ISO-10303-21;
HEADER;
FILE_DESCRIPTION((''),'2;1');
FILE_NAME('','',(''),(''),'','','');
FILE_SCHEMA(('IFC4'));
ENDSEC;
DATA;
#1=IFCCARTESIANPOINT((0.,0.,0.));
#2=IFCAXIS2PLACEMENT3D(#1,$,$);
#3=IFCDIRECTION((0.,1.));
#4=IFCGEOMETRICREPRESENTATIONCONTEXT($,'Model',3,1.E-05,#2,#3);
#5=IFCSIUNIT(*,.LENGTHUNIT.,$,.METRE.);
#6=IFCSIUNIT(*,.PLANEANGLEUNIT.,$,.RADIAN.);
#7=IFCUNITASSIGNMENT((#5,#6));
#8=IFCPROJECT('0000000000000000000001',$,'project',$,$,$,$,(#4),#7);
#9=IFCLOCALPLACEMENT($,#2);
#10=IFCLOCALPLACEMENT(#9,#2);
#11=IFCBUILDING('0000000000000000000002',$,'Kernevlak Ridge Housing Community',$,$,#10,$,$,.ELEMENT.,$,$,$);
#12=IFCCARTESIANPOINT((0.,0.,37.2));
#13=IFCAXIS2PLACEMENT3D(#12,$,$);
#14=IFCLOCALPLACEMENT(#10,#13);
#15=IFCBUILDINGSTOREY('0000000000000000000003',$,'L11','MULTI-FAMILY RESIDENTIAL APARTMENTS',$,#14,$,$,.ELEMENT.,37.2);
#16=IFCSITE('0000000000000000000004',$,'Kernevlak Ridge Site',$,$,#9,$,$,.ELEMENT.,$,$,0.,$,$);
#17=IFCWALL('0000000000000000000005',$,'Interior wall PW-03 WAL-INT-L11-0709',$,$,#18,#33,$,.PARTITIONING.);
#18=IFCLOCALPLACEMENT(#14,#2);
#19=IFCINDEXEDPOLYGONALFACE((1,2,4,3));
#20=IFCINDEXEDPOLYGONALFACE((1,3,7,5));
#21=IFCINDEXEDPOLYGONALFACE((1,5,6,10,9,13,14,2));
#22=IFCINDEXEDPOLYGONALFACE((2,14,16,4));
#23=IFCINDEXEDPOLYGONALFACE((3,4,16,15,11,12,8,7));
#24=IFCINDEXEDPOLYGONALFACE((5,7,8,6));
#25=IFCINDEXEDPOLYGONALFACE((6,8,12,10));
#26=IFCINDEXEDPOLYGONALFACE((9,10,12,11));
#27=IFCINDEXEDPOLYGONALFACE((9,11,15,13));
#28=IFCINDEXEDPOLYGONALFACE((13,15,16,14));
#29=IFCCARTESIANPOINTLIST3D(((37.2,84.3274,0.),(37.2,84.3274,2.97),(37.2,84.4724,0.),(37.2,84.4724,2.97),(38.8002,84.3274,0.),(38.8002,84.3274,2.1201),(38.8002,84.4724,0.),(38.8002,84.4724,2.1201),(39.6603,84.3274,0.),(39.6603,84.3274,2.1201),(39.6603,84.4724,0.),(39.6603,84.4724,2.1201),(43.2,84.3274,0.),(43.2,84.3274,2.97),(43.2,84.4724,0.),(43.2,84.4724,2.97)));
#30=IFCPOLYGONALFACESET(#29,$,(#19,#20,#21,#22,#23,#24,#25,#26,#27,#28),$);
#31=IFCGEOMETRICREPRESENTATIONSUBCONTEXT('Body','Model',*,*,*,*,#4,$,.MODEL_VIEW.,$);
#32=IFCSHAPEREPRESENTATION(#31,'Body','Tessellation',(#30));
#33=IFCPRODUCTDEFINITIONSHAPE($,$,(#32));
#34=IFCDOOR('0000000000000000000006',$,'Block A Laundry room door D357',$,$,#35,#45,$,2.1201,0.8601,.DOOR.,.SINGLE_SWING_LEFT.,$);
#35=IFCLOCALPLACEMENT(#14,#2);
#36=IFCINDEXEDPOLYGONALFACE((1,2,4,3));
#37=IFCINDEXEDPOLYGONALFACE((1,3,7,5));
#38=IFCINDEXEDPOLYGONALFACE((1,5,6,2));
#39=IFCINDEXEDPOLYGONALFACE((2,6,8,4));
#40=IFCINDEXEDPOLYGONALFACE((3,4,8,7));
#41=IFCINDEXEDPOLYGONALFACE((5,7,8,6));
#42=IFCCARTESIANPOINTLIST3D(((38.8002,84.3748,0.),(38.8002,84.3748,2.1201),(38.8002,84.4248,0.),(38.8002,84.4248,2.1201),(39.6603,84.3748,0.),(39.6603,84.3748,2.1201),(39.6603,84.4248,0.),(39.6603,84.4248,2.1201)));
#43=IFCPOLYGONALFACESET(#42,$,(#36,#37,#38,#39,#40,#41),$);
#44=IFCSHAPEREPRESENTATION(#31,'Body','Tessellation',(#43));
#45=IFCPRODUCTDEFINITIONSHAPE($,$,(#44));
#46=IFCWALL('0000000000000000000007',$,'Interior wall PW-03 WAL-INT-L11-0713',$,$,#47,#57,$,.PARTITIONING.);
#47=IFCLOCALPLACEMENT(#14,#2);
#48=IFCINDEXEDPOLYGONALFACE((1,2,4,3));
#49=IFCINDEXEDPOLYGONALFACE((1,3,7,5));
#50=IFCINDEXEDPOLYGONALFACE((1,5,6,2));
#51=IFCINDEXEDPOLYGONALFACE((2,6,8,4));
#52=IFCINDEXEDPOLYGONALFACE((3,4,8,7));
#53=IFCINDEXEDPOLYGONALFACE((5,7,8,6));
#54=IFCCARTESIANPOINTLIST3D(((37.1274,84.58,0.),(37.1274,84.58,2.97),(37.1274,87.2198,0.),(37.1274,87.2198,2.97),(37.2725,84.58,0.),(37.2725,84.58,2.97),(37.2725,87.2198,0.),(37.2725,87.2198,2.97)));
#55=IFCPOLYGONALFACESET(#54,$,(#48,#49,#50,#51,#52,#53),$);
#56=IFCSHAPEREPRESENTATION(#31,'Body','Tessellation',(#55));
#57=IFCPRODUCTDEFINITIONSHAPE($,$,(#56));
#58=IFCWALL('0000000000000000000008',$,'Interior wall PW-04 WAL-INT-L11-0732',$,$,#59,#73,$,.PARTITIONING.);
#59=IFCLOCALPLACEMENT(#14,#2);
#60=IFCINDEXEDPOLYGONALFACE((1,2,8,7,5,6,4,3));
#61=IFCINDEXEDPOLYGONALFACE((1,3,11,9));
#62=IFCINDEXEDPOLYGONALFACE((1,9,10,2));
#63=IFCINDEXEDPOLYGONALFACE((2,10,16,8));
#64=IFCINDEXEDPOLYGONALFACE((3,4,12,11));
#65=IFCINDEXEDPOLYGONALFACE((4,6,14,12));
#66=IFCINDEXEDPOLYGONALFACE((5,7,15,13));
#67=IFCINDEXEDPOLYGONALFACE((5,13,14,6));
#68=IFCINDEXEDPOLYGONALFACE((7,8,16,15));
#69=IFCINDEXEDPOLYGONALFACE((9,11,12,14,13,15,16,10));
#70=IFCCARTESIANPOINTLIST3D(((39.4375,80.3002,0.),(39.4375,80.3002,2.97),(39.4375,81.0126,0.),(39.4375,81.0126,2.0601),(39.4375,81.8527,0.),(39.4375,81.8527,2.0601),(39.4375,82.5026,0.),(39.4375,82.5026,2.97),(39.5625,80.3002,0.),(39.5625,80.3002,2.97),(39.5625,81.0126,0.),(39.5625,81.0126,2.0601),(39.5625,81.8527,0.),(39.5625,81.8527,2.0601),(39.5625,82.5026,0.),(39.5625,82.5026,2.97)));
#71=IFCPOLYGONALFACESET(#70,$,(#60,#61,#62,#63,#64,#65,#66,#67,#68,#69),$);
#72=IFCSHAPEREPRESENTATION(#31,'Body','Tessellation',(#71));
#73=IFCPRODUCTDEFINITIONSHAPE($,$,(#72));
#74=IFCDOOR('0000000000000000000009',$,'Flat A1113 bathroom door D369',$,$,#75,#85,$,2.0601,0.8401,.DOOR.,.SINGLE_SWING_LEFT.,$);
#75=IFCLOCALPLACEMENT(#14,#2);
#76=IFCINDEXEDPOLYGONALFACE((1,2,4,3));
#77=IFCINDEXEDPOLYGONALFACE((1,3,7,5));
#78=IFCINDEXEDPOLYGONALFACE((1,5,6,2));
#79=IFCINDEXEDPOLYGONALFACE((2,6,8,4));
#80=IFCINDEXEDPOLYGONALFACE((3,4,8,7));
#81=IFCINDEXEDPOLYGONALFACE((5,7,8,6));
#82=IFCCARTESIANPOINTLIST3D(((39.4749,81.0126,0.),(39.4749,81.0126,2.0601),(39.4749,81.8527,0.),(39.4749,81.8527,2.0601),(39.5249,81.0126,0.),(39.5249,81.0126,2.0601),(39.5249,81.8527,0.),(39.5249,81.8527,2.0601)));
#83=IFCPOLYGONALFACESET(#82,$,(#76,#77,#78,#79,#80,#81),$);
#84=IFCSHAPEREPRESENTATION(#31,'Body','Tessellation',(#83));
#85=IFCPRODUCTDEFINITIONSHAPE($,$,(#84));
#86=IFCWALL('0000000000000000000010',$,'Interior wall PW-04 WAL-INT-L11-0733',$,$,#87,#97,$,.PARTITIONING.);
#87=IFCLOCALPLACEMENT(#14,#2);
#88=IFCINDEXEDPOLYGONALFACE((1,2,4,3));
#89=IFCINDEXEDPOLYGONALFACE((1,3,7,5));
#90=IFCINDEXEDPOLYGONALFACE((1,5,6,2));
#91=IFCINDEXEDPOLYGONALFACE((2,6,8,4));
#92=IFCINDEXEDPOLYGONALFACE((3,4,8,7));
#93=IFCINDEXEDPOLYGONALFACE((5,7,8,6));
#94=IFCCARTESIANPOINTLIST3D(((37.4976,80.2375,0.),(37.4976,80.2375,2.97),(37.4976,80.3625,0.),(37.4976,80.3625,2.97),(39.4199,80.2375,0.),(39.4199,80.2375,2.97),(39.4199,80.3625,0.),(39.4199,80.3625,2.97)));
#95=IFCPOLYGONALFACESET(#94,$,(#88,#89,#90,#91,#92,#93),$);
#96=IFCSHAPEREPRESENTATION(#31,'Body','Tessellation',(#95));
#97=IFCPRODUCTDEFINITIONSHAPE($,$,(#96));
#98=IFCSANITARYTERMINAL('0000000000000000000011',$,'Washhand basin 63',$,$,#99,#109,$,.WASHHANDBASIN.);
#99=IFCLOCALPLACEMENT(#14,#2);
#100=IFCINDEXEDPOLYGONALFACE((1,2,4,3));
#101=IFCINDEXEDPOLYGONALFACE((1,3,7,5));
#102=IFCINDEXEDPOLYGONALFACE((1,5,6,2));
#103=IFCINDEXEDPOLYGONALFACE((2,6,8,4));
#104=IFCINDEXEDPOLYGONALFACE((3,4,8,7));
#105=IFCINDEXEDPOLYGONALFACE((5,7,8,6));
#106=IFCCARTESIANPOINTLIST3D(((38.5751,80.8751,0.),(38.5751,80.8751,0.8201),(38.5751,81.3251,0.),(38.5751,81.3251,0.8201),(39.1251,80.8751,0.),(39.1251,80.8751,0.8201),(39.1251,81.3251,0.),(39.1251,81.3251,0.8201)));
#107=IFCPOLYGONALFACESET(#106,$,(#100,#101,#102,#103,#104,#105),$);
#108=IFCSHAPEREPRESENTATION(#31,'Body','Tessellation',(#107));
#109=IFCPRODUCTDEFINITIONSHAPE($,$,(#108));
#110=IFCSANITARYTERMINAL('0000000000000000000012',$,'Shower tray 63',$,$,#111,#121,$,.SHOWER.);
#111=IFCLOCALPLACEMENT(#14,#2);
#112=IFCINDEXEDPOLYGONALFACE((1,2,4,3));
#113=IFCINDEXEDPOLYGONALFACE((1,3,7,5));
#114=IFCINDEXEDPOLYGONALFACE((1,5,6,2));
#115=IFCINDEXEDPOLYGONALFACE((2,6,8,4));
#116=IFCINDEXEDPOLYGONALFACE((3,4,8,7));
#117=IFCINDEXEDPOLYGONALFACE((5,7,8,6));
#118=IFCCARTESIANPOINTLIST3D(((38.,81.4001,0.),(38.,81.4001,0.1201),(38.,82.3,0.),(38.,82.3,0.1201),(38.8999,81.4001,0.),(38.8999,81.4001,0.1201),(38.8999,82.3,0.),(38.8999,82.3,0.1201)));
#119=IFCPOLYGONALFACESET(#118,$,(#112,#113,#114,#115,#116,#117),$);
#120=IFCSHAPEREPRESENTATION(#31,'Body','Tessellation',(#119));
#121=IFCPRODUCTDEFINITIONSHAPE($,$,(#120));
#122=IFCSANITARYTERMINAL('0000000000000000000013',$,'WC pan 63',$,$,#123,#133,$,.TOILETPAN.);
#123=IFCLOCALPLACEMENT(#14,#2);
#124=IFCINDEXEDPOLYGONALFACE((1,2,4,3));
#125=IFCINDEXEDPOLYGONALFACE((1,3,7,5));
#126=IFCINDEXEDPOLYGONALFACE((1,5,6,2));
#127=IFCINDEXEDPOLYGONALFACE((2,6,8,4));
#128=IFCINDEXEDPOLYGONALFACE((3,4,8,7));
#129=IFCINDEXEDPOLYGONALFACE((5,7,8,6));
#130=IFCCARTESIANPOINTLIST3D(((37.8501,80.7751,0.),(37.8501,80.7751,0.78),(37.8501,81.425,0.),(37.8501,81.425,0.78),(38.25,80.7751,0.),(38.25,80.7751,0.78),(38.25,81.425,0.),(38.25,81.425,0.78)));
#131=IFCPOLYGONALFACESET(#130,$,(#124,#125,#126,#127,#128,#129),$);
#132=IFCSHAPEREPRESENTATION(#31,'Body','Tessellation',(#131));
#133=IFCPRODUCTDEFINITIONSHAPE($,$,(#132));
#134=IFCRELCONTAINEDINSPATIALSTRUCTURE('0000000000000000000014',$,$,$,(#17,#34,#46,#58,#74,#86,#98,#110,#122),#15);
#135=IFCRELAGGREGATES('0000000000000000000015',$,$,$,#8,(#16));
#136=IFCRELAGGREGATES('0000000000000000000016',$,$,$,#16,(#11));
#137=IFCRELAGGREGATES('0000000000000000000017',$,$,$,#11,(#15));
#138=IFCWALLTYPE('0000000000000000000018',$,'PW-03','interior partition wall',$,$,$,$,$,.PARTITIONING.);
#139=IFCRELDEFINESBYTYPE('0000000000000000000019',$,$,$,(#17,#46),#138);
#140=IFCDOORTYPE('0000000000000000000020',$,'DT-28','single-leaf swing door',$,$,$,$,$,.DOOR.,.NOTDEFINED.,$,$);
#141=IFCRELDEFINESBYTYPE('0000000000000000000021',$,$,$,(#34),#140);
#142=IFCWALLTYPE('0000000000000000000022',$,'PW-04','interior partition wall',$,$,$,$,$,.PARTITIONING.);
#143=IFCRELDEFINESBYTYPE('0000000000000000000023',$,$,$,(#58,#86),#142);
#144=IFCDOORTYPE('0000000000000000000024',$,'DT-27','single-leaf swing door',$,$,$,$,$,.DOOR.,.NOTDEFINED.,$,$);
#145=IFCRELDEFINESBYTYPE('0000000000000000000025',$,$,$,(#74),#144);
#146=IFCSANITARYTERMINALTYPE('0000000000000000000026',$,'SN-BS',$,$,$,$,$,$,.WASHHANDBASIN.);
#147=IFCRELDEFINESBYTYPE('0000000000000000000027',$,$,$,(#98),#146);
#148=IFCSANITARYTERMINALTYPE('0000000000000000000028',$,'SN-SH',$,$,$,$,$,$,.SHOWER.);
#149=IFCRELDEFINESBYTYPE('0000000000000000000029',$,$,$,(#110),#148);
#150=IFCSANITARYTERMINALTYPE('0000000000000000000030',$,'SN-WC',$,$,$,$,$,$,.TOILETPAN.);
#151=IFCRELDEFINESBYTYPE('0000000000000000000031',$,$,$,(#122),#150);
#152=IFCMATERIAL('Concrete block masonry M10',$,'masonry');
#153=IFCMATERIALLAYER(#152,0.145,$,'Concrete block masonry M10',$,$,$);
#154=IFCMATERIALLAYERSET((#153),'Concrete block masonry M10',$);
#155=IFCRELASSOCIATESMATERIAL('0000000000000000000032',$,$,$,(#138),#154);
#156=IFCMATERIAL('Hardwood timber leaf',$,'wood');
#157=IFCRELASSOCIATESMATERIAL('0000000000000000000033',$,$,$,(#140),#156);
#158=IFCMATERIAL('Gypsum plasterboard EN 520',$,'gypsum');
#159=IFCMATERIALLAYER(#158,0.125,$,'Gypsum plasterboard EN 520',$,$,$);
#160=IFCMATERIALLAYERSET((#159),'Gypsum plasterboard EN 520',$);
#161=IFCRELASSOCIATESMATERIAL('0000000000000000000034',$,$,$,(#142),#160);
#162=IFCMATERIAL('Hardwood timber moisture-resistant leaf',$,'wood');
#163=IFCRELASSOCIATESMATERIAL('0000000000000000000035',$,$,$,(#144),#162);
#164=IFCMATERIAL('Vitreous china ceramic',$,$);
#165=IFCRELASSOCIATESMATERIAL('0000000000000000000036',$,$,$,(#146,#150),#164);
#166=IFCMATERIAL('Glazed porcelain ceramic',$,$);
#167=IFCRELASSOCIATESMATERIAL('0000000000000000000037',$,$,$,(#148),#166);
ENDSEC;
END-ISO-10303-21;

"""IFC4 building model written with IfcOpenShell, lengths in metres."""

from ifc_helpers import new_model, si_unit, direction, frame, frame_2d, origin, origin_2d, place, context, subcontext, project, spatial, rectangle, extrude, material, layer, layer_set, type_object, element, fill, save


model = new_model("IFC4")

# Units and contexts
model_context = context("Model", 3, precision=1e-05, world=origin(), true_north=direction((0.0, 1.0)))
body_context = subcontext(model_context, "Body", "Model", "MODEL_VIEW")
ifc_project = project(units=[si_unit("LENGTHUNIT", "METRE"), si_unit("PLANEANGLEUNIT", "RADIAN")], contexts=[model_context])

# Site, building, storey
site_placement = place(None, origin())
site = spatial("IfcSite", under=ifc_project, at=site_placement, Name="Kernevlak Ridge Site", CompositionType="ELEMENT", RefElevation=0.0)
building_placement = place(site_placement, origin())
building = spatial("IfcBuilding", under=site, at=building_placement, Name="Kernevlak Ridge Housing Community", CompositionType="ELEMENT")
storey_placement = place(building_placement, frame((0.0, 0.0, 37.2)))
storey = spatial("IfcBuildingStorey", under=building, at=storey_placement, Name="L11", Description="MULTI-FAMILY RESIDENTIAL APARTMENTS", CompositionType="ELEMENT", Elevation=37.2)

# Shared definitions
ifc_material_1 = material(Name="Concrete block masonry M10", Category="masonry")

# Wall, opening, door
ifc_layer_1 = layer(ifc_material_1, 0.145, Name="Concrete block masonry M10")
ifc_layer_set_1 = layer_set([ifc_layer_1], Name="Concrete block masonry M10")
wall_type_1 = type_object("IfcWallType", Name="PW-03", Description="interior partition wall", PredefinedType="PARTITIONING", material=ifc_layer_set_1)
wall_1_placement = place(storey_placement, frame((37.2, 84.3999, 0.0), z_axis=(0.0, 0.0, 1.0), x_axis=(1.0, 0.0, 0.0)))
wall_1 = element("IfcWall", 1, at=wall_1_placement, inside=storey, type_object=wall_type_1, Name="Interior wall PW-03 WAL-INT-L11-0709", PredefinedType="PARTITIONING", context=body_context, shape_type="SweptSolid", body=[
    extrude(rectangle(XDim=6.0, YDim=0.145, at=frame_2d((3.0, 0.0))), origin(), (0.0, 0.0, 1.0), 2.97),
])
opening_1_placement = place(wall_1_placement, frame((1.6001, 0.0, 0.0)))
opening_1 = element("IfcOpeningElement", 2, at=opening_1_placement, cuts=wall_1, PredefinedType="OPENING", context=body_context, shape_type="SweptSolid", body=[
    extrude(rectangle(XDim=0.8601, YDim=2.1201, at=frame_2d((0.4302, 1.0601))), frame((0.0, 0.0825, 0.0), z_axis=(0.0, -1.0, 0.0), x_axis=(1.0, 0.0, 0.0)), (0.0, 0.0, 1.0), 0.165),
])
ifc_material_2 = material(Name="Hardwood timber leaf", Category="wood")
door_type_1 = type_object("IfcDoorType", Name="DT-28", Description="single-leaf swing door", OperationType="NOTDEFINED", PredefinedType="DOOR", material=ifc_material_2)
door_1_placement = place(opening_1_placement, origin())
door_1 = element("IfcDoor", 3, at=door_1_placement, inside=storey, type_object=door_type_1, Name="Block A Laundry room door D357", OperationType="SINGLE_SWING_LEFT", OverallHeight=2.1201, OverallWidth=0.8601, PredefinedType="DOOR", context=body_context, shape_type="SweptSolid", body=[
    extrude(rectangle(XDim=0.8601, YDim=2.1201, at=frame_2d((0.4302, 1.0601))), frame((0.0, 0.0249, 0.0), z_axis=(0.0, -1.0, 0.0), x_axis=(1.0, 0.0, 0.0)), (0.0, 0.0, 1.0), 0.05),
])
fill(opening_1, door_1)

# Wall
wall_2_placement = place(storey_placement, frame((37.2, 84.5801, 0.0), z_axis=(0.0, 0.0, 1.0), x_axis=(0.0, 1.0, 0.0)))
element("IfcWall", 4, at=wall_2_placement, inside=storey, type_object=wall_type_1, Name="Interior wall PW-03 WAL-INT-L11-0713", PredefinedType="PARTITIONING", context=body_context, shape_type="SweptSolid", body=[
    extrude(rectangle(XDim=2.6399, YDim=0.145, at=frame_2d((1.3198, 0.0))), origin(), (0.0, 0.0, 1.0), 2.97),
])

# Wall, opening, door
ifc_material_3 = material(Name="Gypsum plasterboard EN 520", Category="gypsum")
ifc_layer_2 = layer(ifc_material_3, 0.125, Name="Gypsum plasterboard EN 520")
ifc_layer_set_2 = layer_set([ifc_layer_2], Name="Gypsum plasterboard EN 520")
wall_type_2 = type_object("IfcWallType", Name="PW-04", Description="interior partition wall", PredefinedType="PARTITIONING", material=ifc_layer_set_2)
wall_3_placement = place(storey_placement, frame((39.5, 82.5024, 0.0), z_axis=(0.0, 0.0, 1.0), x_axis=(0.0, -1.0, 0.0)))
wall_3 = element("IfcWall", 5, at=wall_3_placement, inside=storey, type_object=wall_type_2, Name="Interior wall PW-04 WAL-INT-L11-0732", PredefinedType="PARTITIONING", context=body_context, shape_type="SweptSolid", body=[
    extrude(rectangle(XDim=2.2024, YDim=0.125, at=frame_2d((1.1011, 0.0))), origin(), (0.0, 0.0, 1.0), 2.97),
])
opening_2_placement = place(wall_3_placement, frame((0.6499, 0.0, 0.0)))
opening_2 = element("IfcOpeningElement", 6, at=opening_2_placement, cuts=wall_3, PredefinedType="OPENING", context=body_context, shape_type="SweptSolid", body=[
    extrude(rectangle(XDim=0.8401, YDim=2.0601, at=frame_2d((0.4199, 1.03))), frame((0.0, 0.0725, 0.0), z_axis=(0.0, -1.0, 0.0), x_axis=(1.0, 0.0, 0.0)), (0.0, 0.0, 1.0), 0.145),
])
ifc_material_4 = material(Name="Hardwood timber moisture-resistant leaf", Category="wood")
door_type_2 = type_object("IfcDoorType", Name="DT-27", Description="single-leaf swing door", OperationType="NOTDEFINED", PredefinedType="DOOR", material=ifc_material_4)
door_2_placement = place(opening_2_placement, origin())
door_2 = element("IfcDoor", 7, at=door_2_placement, inside=storey, type_object=door_type_2, Name="Flat A1113 bathroom door D369", OperationType="SINGLE_SWING_LEFT", OverallHeight=2.0601, OverallWidth=0.8401, PredefinedType="DOOR", context=body_context, shape_type="SweptSolid", body=[
    extrude(rectangle(XDim=0.8401, YDim=2.0601, at=frame_2d((0.4199, 1.03))), frame((0.0, 0.0249, 0.0), z_axis=(0.0, -1.0, 0.0), x_axis=(1.0, 0.0, 0.0)), (0.0, 0.0, 1.0), 0.05),
])
fill(opening_2, door_2)

# Wall
wall_4_placement = place(storey_placement, frame((37.4976, 80.3, 0.0), z_axis=(0.0, 0.0, 1.0), x_axis=(1.0, 0.0, 0.0)))
element("IfcWall", 8, at=wall_4_placement, inside=storey, type_object=wall_type_2, Name="Interior wall PW-04 WAL-INT-L11-0733", PredefinedType="PARTITIONING", context=body_context, shape_type="SweptSolid", body=[
    extrude(rectangle(XDim=1.9224, YDim=0.125, at=frame_2d((0.9612, 0.0))), origin(), (0.0, 0.0, 1.0), 2.97),
])

# Sanitary terminals
ifc_material_5 = material(Name="Vitreous china ceramic")
sanitary_terminal_type_1 = type_object("IfcSanitaryTerminalType", Name="SN-BS", PredefinedType="WASHHANDBASIN", material=ifc_material_5)
sanitary_terminal_1_placement = place(storey_placement, frame((38.8501, 81.1001, 0.0), z_axis=(0.0, 0.0, 1.0), x_axis=(1.0, 0.0, 0.0)))
element("IfcSanitaryTerminal", 9, at=sanitary_terminal_1_placement, inside=storey, type_object=sanitary_terminal_type_1, Name="Washhand basin 63", PredefinedType="WASHHANDBASIN", context=body_context, shape_type="SweptSolid", body=[
    extrude(rectangle(XDim=0.55, YDim=0.45, at=origin_2d()), origin(), (0.0, 0.0, 1.0), 0.8201),
])
ifc_material_6 = material(Name="Glazed porcelain ceramic")
sanitary_terminal_type_2 = type_object("IfcSanitaryTerminalType", Name="SN-SH", PredefinedType="SHOWER", material=ifc_material_6)
sanitary_terminal_2_placement = place(storey_placement, frame((38.45, 81.8501, 0.0), z_axis=(0.0, 0.0, 1.0), x_axis=(1.0, 0.0, 0.0)))
element("IfcSanitaryTerminal", 10, at=sanitary_terminal_2_placement, inside=storey, type_object=sanitary_terminal_type_2, Name="Shower tray 63", PredefinedType="SHOWER", context=body_context, shape_type="SweptSolid", body=[
    extrude(rectangle(XDim=0.8999, YDim=0.8999, at=origin_2d()), origin(), (0.0, 0.0, 1.0), 0.1201),
])
sanitary_terminal_type_3 = type_object("IfcSanitaryTerminalType", Name="SN-WC", PredefinedType="TOILETPAN", material=ifc_material_5)
sanitary_terminal_3_placement = place(storey_placement, frame((38.05, 81.1001, 0.0), z_axis=(0.0, 0.0, 1.0), x_axis=(1.0, 0.0, 0.0)))
element("IfcSanitaryTerminal", 11, at=sanitary_terminal_3_placement, inside=storey, type_object=sanitary_terminal_type_3, Name="WC pan 63", PredefinedType="TOILETPAN", context=body_context, shape_type="SweptSolid", body=[
    extrude(rectangle(XDim=0.3999, YDim=0.6499, at=origin_2d()), origin(), (0.0, 0.0, 1.0), 0.78),
])

save(model, "model.ifc")
